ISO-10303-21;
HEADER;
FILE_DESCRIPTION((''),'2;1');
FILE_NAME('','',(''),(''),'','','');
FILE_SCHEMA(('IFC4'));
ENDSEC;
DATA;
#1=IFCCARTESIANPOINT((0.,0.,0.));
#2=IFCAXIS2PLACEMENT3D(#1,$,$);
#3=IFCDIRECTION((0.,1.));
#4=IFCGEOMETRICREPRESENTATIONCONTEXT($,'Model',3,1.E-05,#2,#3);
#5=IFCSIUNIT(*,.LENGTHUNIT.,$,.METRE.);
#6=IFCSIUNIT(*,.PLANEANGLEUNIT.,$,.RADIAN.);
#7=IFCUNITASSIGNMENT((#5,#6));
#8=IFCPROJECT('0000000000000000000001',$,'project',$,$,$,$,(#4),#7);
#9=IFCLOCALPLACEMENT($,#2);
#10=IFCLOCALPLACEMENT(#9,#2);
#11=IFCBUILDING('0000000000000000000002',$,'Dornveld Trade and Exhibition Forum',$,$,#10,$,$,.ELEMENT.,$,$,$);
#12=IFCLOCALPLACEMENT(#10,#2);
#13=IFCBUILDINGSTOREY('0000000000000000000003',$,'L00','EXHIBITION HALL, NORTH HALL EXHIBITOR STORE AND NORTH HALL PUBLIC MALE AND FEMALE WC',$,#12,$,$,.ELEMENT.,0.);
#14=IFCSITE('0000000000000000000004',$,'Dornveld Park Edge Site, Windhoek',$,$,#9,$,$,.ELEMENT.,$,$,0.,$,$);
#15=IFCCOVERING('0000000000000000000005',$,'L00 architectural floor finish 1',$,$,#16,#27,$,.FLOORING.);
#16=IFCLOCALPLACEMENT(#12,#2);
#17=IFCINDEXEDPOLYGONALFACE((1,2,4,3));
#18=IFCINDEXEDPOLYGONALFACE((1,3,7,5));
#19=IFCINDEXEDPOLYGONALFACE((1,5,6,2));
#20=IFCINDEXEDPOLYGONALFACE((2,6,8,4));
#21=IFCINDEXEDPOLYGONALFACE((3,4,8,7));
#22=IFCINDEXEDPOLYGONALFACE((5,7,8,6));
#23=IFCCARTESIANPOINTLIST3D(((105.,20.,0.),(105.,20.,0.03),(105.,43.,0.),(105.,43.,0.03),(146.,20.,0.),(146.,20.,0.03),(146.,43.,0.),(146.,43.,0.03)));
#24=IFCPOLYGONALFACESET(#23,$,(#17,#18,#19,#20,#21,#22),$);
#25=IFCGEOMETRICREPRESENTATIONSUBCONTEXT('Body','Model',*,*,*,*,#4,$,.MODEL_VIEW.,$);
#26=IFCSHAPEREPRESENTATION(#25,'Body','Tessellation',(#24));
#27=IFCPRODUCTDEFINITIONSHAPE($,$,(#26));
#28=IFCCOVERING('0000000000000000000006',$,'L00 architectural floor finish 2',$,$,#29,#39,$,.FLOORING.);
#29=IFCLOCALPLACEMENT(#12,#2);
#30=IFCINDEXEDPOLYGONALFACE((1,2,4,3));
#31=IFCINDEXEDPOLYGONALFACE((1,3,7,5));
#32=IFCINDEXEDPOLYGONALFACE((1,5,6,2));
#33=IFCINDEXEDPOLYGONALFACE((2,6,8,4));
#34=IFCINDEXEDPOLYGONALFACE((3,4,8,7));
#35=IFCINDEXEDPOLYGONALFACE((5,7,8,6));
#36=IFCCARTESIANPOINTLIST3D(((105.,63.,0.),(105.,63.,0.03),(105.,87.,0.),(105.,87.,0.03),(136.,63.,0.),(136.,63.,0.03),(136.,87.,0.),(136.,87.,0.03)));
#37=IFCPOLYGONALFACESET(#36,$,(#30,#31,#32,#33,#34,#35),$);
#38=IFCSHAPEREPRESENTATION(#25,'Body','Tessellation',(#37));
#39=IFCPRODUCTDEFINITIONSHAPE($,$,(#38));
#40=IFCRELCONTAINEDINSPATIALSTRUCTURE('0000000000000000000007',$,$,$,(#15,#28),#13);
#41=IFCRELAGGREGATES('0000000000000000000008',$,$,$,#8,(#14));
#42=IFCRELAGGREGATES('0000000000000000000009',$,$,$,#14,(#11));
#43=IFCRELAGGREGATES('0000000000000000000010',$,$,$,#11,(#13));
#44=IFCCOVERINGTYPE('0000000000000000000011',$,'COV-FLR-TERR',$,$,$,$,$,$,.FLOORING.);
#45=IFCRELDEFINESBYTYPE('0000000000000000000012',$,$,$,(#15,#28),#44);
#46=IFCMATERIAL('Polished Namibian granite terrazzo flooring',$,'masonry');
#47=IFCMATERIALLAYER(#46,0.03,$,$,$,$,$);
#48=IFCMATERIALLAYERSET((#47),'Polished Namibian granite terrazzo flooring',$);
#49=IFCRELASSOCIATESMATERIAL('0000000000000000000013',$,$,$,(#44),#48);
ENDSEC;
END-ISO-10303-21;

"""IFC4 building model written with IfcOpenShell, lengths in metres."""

from ifc_helpers import new_model, si_unit, direction, origin, place, context, subcontext, project, spatial, polyline, outline, extrude, material, layer, layer_set, type_object, element, save


model = new_model("IFC4")

# Units and contexts
model_context = context("Model", 3, precision=1e-05, world=origin(), true_north=direction((0.0, 1.0)))
body_context = subcontext(model_context, "Body", "Model", "MODEL_VIEW")
ifc_project = project(units=[si_unit("LENGTHUNIT", "METRE"), si_unit("PLANEANGLEUNIT", "RADIAN")], contexts=[model_context])

# Site, building, storey
site_placement = place(None, origin())
site = spatial("IfcSite", under=ifc_project, at=site_placement, Name="Dornveld Park Edge Site, Windhoek", CompositionType="ELEMENT", RefElevation=0.0)
building_placement = place(site_placement, origin())
building = spatial("IfcBuilding", under=site, at=building_placement, Name="Dornveld Trade and Exhibition Forum", CompositionType="ELEMENT")
storey_placement = place(building_placement, origin())
storey = spatial("IfcBuildingStorey", under=building, at=storey_placement, Name="L00", Description="EXHIBITION HALL, NORTH HALL EXHIBITOR STORE AND NORTH HALL PUBLIC MALE AND FEMALE WC", CompositionType="ELEMENT", Elevation=0.0)

# Coverings
ifc_material_1 = material(Name="Polished Namibian granite terrazzo flooring", Category="masonry")
ifc_layer_1 = layer(ifc_material_1, 0.03)
ifc_layer_set_1 = layer_set([ifc_layer_1], Name="Polished Namibian granite terrazzo flooring")
covering_type_1 = type_object("IfcCoveringType", Name="COV-FLR-TERR", PredefinedType="FLOORING", material=ifc_layer_set_1)
covering_1_placement = place(storey_placement, origin())
element("IfcCovering", 1, at=covering_1_placement, inside=storey, type_object=covering_type_1, Name="L00 architectural floor finish 1", PredefinedType="FLOORING", context=body_context, shape_type="SweptSolid", body=[
    extrude(outline(polyline([(105.0, 20.0), (146.0, 20.0), (146.0, 43.0), (105.0, 43.0), (105.0, 20.0)])), origin(), (0.0, 0.0, 1.0), 0.03),
])
covering_2_placement = place(storey_placement, origin())
element("IfcCovering", 2, at=covering_2_placement, inside=storey, type_object=covering_type_1, Name="L00 architectural floor finish 2", PredefinedType="FLOORING", context=body_context, shape_type="SweptSolid", body=[
    extrude(outline(polyline([(105.0, 63.0), (136.0, 63.0), (136.0, 87.0), (105.0, 87.0), (105.0, 63.0)])), origin(), (0.0, 0.0, 1.0), 0.03),
])

save(model, "model.ifc")
